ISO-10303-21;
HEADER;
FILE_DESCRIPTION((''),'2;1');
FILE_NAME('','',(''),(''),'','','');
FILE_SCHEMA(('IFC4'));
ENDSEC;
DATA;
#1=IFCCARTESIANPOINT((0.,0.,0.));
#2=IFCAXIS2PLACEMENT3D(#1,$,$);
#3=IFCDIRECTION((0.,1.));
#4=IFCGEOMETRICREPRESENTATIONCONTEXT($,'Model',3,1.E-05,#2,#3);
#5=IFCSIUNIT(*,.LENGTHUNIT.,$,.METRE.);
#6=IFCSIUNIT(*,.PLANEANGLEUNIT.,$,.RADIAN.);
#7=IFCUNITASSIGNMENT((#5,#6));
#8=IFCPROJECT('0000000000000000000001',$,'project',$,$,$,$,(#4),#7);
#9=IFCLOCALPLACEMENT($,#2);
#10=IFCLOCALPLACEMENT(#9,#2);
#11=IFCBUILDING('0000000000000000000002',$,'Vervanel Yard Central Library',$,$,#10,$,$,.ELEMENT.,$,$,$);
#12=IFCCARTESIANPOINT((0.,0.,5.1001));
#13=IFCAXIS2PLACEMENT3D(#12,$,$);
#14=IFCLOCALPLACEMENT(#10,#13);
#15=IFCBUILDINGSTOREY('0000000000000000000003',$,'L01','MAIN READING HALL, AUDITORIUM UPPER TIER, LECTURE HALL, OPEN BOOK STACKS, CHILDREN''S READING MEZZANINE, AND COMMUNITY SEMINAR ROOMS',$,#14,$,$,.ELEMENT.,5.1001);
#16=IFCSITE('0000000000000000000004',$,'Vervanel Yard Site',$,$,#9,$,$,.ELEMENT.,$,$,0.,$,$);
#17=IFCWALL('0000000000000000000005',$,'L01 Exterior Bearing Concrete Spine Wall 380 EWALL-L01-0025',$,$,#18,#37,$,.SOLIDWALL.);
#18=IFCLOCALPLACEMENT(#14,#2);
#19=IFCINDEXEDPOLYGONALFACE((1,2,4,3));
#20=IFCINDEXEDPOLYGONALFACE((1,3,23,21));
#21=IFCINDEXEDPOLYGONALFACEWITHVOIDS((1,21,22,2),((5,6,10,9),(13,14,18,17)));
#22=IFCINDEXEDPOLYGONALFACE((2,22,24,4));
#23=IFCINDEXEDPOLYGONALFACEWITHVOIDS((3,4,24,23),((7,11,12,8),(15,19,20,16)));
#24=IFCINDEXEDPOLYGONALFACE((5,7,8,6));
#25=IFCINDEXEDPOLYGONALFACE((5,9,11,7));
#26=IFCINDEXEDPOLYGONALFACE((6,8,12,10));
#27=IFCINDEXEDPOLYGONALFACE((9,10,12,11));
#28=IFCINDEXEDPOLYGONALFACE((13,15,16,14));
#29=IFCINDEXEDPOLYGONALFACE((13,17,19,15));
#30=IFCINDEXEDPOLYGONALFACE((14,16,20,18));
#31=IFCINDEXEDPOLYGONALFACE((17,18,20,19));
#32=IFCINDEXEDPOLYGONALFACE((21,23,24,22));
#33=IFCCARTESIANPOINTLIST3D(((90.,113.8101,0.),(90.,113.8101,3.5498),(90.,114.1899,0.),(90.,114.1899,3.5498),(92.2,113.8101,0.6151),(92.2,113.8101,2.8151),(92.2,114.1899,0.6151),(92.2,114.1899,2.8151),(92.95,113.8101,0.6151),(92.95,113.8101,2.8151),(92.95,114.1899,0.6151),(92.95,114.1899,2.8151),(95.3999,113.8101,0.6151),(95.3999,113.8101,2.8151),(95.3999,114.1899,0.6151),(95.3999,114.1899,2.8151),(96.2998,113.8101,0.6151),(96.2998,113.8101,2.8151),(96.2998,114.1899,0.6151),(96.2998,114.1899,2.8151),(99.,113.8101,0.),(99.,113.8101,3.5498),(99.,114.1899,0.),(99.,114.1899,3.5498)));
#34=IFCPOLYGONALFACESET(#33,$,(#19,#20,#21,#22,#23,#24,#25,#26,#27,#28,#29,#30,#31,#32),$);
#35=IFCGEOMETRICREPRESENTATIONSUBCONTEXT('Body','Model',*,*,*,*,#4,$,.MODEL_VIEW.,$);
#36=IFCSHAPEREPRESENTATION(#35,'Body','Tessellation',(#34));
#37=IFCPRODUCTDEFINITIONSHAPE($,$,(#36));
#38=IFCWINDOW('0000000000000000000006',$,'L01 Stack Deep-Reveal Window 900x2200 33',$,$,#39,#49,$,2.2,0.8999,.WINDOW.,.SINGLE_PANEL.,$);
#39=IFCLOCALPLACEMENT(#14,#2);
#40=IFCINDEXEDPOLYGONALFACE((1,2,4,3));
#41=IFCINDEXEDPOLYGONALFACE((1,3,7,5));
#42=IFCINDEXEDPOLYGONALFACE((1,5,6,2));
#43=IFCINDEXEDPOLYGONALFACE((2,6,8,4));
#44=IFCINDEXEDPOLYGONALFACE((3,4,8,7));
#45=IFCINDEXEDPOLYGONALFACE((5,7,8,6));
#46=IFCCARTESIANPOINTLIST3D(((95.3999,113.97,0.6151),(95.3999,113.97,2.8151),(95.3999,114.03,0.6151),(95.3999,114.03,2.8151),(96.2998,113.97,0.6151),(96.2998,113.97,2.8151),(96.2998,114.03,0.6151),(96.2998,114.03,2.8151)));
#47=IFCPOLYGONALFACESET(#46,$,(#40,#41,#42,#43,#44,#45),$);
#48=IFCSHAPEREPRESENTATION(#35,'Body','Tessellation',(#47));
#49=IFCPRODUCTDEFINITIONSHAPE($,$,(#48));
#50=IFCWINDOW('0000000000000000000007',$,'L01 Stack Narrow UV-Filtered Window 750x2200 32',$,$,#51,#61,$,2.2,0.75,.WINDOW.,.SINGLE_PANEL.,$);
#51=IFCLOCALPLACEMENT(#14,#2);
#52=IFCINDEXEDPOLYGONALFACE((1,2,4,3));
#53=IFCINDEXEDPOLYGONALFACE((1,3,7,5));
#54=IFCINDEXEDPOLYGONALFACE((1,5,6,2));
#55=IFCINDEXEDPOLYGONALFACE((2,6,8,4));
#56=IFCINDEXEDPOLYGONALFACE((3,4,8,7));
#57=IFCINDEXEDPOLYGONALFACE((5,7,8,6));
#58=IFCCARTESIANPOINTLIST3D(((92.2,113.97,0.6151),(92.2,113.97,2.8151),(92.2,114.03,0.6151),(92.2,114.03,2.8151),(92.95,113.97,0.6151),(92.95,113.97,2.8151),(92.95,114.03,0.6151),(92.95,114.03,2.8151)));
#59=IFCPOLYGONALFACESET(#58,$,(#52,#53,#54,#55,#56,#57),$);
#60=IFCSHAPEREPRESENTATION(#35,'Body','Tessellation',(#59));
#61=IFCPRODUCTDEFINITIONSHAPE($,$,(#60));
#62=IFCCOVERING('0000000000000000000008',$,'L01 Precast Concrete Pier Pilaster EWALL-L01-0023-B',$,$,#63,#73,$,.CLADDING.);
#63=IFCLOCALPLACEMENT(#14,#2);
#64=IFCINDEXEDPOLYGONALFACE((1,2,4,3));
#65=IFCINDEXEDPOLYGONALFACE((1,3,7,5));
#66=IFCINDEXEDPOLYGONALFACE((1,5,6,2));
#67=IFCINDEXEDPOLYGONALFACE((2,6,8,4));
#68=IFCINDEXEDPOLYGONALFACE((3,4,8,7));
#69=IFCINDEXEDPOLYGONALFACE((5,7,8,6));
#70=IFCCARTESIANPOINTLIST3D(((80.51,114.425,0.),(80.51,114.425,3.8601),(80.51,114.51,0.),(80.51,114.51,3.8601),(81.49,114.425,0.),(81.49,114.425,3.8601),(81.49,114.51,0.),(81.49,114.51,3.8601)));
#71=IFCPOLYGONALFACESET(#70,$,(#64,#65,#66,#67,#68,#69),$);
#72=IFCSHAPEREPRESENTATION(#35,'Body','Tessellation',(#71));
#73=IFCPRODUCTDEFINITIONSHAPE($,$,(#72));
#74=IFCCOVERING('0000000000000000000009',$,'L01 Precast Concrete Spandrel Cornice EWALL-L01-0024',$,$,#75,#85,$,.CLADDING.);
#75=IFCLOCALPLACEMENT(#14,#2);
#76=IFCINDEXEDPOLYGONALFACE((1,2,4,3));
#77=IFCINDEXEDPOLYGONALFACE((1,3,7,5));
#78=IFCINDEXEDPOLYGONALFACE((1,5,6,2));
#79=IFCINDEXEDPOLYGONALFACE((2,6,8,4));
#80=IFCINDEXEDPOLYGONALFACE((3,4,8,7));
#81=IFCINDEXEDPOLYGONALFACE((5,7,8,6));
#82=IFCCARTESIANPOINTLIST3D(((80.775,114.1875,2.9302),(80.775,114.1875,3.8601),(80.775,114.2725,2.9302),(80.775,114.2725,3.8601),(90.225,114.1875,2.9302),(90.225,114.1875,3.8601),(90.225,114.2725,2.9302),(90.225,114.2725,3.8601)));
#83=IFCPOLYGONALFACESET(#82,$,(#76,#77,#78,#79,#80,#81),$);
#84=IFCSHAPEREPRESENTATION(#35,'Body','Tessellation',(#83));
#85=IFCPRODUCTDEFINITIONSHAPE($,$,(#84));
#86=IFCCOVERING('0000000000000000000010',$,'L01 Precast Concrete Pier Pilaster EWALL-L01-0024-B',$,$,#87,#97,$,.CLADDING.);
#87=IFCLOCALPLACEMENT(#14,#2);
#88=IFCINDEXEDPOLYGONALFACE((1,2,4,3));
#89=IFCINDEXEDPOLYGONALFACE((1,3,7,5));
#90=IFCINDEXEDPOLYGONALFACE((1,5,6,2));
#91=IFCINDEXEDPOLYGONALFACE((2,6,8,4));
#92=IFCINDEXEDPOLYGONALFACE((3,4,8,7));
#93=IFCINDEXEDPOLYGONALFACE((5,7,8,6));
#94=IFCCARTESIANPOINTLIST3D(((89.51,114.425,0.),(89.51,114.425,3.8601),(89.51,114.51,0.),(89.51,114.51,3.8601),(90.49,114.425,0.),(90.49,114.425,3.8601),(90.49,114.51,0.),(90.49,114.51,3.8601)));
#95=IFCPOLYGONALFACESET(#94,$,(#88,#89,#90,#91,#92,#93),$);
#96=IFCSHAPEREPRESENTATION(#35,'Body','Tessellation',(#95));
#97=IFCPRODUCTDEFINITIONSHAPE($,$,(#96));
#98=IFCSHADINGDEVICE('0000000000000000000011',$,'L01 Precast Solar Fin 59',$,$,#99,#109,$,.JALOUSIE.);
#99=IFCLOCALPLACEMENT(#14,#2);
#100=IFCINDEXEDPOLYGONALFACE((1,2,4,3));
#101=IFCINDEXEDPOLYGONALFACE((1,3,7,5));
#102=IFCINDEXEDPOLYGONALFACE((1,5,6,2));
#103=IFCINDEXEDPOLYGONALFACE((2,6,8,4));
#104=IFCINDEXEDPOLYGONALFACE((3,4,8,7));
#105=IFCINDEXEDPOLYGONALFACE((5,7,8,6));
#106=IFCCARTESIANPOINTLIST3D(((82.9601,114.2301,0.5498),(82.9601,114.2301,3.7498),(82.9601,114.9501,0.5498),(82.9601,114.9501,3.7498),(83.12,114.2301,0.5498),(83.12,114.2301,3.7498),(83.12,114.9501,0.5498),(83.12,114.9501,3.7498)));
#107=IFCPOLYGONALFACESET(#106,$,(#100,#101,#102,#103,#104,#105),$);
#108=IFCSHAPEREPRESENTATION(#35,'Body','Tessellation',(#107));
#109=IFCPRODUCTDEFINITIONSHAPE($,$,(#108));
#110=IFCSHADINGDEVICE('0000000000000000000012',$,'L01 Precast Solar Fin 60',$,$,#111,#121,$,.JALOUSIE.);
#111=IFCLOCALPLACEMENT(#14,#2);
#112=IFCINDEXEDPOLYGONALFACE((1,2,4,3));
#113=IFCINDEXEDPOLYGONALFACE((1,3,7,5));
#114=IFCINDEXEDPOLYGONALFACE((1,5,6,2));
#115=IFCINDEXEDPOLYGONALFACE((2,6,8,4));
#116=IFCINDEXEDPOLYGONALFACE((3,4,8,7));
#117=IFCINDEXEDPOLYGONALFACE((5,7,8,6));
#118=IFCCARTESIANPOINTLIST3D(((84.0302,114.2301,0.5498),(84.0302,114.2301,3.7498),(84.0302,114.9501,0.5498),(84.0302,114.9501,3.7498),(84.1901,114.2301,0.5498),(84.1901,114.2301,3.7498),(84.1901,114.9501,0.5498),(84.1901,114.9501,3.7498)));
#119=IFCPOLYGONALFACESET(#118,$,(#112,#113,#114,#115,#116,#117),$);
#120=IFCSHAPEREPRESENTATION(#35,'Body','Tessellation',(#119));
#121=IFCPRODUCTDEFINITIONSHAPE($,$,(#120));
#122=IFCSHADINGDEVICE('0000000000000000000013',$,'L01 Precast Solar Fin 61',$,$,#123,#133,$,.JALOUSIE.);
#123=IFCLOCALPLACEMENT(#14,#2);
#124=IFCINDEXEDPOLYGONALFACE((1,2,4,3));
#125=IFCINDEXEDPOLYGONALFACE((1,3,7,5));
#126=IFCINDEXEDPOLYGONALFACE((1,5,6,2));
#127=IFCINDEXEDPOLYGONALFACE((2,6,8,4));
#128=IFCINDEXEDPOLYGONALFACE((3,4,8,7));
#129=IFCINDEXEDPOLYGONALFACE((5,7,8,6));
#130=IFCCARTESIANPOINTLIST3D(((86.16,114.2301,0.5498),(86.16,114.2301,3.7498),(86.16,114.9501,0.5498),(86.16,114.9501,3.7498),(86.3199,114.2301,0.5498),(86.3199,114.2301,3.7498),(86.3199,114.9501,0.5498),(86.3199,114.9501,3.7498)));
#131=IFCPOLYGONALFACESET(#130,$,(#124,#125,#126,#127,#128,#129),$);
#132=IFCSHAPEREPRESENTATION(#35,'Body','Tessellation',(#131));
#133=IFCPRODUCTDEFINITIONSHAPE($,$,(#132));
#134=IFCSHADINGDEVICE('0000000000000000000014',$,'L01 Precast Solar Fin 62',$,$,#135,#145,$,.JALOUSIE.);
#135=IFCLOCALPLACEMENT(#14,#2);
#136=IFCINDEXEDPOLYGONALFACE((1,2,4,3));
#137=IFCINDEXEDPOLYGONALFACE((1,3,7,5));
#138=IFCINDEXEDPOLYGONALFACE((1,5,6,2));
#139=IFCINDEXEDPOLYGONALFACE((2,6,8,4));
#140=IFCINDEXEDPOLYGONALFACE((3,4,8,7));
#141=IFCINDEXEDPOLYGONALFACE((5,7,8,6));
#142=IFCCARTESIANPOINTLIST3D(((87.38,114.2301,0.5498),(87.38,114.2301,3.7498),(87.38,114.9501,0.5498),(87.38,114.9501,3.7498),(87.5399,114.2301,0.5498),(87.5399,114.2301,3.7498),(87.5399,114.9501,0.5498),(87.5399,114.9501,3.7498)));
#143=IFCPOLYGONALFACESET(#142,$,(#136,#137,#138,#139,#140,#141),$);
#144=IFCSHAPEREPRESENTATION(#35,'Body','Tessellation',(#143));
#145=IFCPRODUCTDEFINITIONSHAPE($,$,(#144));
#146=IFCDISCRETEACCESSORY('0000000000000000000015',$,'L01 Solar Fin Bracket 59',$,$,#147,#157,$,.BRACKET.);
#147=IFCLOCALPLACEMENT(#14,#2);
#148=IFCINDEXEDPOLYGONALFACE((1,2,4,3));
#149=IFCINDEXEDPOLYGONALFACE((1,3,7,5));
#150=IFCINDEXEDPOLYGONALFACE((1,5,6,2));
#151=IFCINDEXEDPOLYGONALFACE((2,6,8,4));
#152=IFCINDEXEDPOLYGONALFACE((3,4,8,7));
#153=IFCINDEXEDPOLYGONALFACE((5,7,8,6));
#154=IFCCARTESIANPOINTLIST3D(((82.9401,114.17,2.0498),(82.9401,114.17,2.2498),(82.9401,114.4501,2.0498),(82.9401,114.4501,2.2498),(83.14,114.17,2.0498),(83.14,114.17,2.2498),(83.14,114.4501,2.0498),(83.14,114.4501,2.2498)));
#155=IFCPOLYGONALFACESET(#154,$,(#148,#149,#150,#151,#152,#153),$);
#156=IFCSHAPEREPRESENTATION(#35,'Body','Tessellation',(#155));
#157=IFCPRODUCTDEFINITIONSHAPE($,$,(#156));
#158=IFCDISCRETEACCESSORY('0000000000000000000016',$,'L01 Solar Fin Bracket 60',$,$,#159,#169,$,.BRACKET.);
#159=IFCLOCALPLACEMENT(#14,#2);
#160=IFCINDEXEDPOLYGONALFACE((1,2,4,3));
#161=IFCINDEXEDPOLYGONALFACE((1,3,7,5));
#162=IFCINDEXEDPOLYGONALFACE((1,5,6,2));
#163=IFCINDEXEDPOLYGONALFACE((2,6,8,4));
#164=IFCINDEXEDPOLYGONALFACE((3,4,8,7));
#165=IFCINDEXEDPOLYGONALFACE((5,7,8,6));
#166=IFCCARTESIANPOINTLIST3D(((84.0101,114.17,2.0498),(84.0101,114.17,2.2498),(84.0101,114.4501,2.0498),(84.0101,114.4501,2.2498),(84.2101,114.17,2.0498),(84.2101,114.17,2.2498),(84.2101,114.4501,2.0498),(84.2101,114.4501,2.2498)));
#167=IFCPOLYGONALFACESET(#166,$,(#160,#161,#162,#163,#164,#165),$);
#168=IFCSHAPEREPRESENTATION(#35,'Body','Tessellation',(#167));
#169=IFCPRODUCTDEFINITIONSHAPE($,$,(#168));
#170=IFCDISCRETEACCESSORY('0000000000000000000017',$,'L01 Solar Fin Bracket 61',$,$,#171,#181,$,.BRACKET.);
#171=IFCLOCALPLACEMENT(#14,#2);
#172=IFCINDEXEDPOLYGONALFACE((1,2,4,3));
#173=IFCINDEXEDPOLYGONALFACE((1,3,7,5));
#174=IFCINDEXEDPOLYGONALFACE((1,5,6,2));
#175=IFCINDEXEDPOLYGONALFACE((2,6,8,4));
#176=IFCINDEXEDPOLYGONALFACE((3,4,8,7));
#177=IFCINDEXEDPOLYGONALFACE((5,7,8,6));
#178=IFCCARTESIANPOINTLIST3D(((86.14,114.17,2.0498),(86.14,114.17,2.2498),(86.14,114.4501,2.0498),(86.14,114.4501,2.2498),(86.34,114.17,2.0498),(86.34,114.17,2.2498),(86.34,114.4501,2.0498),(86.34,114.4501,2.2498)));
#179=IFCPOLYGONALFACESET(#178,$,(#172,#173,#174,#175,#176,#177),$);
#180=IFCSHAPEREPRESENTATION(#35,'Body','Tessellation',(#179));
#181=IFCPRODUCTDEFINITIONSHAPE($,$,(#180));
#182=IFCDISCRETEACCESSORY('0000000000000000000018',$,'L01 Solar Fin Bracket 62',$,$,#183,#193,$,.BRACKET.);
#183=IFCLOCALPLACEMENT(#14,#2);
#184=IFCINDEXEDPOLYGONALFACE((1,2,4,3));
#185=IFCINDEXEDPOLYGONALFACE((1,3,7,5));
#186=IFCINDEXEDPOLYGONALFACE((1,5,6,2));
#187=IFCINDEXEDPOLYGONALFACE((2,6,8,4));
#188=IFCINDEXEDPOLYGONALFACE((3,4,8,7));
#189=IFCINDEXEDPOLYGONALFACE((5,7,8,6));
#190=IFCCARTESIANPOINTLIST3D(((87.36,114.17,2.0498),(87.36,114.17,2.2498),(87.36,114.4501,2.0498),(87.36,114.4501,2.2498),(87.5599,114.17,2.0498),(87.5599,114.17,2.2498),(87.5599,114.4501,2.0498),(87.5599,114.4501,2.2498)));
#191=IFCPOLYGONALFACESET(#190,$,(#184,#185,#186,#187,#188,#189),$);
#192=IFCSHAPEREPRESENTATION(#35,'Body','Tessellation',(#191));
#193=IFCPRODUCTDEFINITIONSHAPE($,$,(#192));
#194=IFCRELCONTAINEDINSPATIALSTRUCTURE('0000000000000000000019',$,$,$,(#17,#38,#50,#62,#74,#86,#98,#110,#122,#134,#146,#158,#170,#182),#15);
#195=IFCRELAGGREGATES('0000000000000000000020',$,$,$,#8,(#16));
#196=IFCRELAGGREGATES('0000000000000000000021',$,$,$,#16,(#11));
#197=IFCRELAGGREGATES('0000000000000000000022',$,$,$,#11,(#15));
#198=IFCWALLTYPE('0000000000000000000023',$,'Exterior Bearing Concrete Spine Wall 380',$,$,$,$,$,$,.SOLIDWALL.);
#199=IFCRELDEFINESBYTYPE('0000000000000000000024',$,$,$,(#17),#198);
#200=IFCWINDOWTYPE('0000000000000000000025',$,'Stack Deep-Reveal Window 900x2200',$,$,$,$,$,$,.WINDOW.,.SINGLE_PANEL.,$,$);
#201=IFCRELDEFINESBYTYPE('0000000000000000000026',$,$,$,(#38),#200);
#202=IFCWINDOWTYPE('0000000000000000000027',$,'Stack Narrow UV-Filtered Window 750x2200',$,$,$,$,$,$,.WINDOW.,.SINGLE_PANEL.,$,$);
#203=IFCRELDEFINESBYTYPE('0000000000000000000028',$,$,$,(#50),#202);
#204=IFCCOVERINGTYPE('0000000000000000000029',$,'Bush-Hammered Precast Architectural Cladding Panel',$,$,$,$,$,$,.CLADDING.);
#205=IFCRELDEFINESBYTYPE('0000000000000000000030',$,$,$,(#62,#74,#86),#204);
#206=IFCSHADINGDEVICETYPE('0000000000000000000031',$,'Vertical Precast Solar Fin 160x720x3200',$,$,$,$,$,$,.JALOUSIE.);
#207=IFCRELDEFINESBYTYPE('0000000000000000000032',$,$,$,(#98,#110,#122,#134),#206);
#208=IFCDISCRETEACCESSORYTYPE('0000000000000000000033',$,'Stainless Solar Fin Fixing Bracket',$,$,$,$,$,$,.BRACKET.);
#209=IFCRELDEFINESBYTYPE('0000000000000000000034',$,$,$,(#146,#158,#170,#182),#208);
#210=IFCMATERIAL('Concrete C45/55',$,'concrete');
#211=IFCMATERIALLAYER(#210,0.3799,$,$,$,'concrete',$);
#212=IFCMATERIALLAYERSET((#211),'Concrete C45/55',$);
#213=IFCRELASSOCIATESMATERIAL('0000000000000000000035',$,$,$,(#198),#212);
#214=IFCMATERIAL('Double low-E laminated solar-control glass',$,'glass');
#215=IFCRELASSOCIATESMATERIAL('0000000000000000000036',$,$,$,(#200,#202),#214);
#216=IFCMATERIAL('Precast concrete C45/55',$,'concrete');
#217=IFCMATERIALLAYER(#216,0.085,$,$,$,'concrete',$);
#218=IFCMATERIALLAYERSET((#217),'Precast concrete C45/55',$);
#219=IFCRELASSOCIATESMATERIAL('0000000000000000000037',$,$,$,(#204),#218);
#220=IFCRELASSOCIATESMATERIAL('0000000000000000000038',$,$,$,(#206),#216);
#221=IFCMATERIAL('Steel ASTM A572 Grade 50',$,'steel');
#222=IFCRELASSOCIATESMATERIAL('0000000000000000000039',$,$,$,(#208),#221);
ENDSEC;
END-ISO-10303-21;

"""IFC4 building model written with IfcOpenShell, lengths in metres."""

from ifc_helpers import new_model, si_unit, direction, frame, frame_2d, origin, origin_2d, place, context, subcontext, project, spatial, rectangle, extrude, material, layer, layer_set, type_object, element, fill, save


model = new_model("IFC4")

# Units and contexts
model_context = context("Model", 3, precision=1e-05, world=origin(), true_north=direction((0.0, 1.0)))
body_context = subcontext(model_context, "Body", "Model", "MODEL_VIEW")
ifc_project = project(units=[si_unit("LENGTHUNIT", "METRE"), si_unit("PLANEANGLEUNIT", "RADIAN")], contexts=[model_context])

# Site, building, storey
site_placement = place(None, origin())
site = spatial("IfcSite", under=ifc_project, at=site_placement, Name="Vervanel Yard Site", CompositionType="ELEMENT", RefElevation=0.0)
building_placement = place(site_placement, origin())
building = spatial("IfcBuilding", under=site, at=building_placement, Name="Vervanel Yard Central Library", CompositionType="ELEMENT")
storey_placement = place(building_placement, frame((0.0, 0.0, 5.1001)))
storey = spatial("IfcBuildingStorey", under=building, at=storey_placement, Name="L01", Description="MAIN READING HALL, AUDITORIUM UPPER TIER, LECTURE HALL, OPEN BOOK STACKS, CHILDREN'S READING MEZZANINE, AND COMMUNITY SEMINAR ROOMS", CompositionType="ELEMENT", Elevation=5.1001)

# Shared definitions
ifc_material_1 = material(Name="Concrete C45/55", Category="concrete")

# Wall, openings, windows
ifc_layer_1 = layer(ifc_material_1, 0.3799, Category="concrete")
ifc_layer_set_1 = layer_set([ifc_layer_1], Name="Concrete C45/55")
wall_type = type_object("IfcWallType", Name="Exterior Bearing Concrete Spine Wall 380", PredefinedType="SOLIDWALL", material=ifc_layer_set_1)
ifc_material_2 = material(Name="Double low-E laminated solar-control glass", Category="glass")
window_type_1 = type_object("IfcWindowType", Name="Stack Deep-Reveal Window 900x2200", PartitioningType="SINGLE_PANEL", PredefinedType="WINDOW", material=ifc_material_2)
window_type_2 = type_object("IfcWindowType", Name="Stack Narrow UV-Filtered Window 750x2200", PartitioningType="SINGLE_PANEL", PredefinedType="WINDOW", material=ifc_material_2)
wall_1_placement = place(storey_placement, frame((90.0, 114.0, 0.0), z_axis=(0.0, 0.0, 1.0), x_axis=(1.0, 0.0, 0.0)))
wall_1 = element("IfcWall", 1, at=wall_1_placement, inside=storey, type_object=wall_type, Name="L01 Exterior Bearing Concrete Spine Wall 380 EWALL-L01-0025", PredefinedType="SOLIDWALL", context=body_context, shape_type="SweptSolid", body=[
    extrude(rectangle(XDim=9.0, YDim=0.3799, at=frame_2d((4.5, 0.0))), origin(), (0.0, 0.0, 1.0), 3.5498),
])
opening_1_placement = place(wall_1_placement, frame((2.2, 0.0, 0.615)))
opening_1 = element("IfcOpeningElement", 2, at=opening_1_placement, cuts=wall_1, PredefinedType="OPENING", context=body_context, shape_type="SweptSolid", body=[
    extrude(rectangle(XDim=0.75, YDim=2.2, at=frame_2d((0.375, 1.1001))), frame((0.0, 0.2, 0.0), z_axis=(0.0, -1.0, 0.0), x_axis=(1.0, 0.0, 0.0)), (0.0, 0.0, 1.0), 0.3999),
])
opening_2_placement = place(wall_1_placement, frame((5.3999, 0.0, 0.615)))
opening_2 = element("IfcOpeningElement", 3, at=opening_2_placement, cuts=wall_1, PredefinedType="OPENING", context=body_context, shape_type="SweptSolid", body=[
    extrude(rectangle(XDim=0.8999, YDim=2.2, at=frame_2d((0.45, 1.1001))), frame((0.0, 0.2, 0.0), z_axis=(0.0, -1.0, 0.0), x_axis=(1.0, 0.0, 0.0)), (0.0, 0.0, 1.0), 0.3999),
])
window_1_placement = place(opening_2_placement, origin())
window_1 = element("IfcWindow", 4, at=window_1_placement, inside=storey, type_object=window_type_1, Name="L01 Stack Deep-Reveal Window 900x2200 33", OverallHeight=2.2, OverallWidth=0.8999, PartitioningType="SINGLE_PANEL", PredefinedType="WINDOW", context=body_context, shape_type="SweptSolid", body=[
    extrude(rectangle(XDim=0.8999, YDim=2.2, at=frame_2d((0.45, 1.1001))), frame((0.0, 0.03, 0.0), z_axis=(0.0, -1.0, 0.0), x_axis=(1.0, 0.0, 0.0)), (0.0, 0.0, 1.0), 0.0601),
])
fill(opening_2, window_1)
window_2_placement = place(opening_1_placement, origin())
window_2 = element("IfcWindow", 5, at=window_2_placement, inside=storey, type_object=window_type_2, Name="L01 Stack Narrow UV-Filtered Window 750x2200 32", OverallHeight=2.2, OverallWidth=0.75, PartitioningType="SINGLE_PANEL", PredefinedType="WINDOW", context=body_context, shape_type="SweptSolid", body=[
    extrude(rectangle(XDim=0.75, YDim=2.2, at=frame_2d((0.375, 1.1001))), frame((0.0, 0.03, 0.0), z_axis=(0.0, -1.0, 0.0), x_axis=(1.0, 0.0, 0.0)), (0.0, 0.0, 1.0), 0.0601),
])
fill(opening_1, window_2)

# Coverings
ifc_material_3 = material(Name="Precast concrete C45/55", Category="concrete")
ifc_layer_2 = layer(ifc_material_3, 0.085, Category="concrete")
ifc_layer_set_2 = layer_set([ifc_layer_2], Name="Precast concrete C45/55")
covering_type = type_object("IfcCoveringType", Name="Bush-Hammered Precast Architectural Cladding Panel", PredefinedType="CLADDING", material=ifc_layer_set_2)
covering_1_placement = place(storey_placement, frame((81.0, 114.4675, 0.0), z_axis=(0.0, 0.0, 1.0), x_axis=(1.0, 0.0, 0.0)))
element("IfcCovering", 6, at=covering_1_placement, inside=storey, type_object=covering_type, Name="L01 Precast Concrete Pier Pilaster EWALL-L01-0023-B", PredefinedType="CLADDING", context=body_context, shape_type="SweptSolid", body=[
    extrude(rectangle(XDim=0.98, YDim=0.085, at=origin_2d()), origin(), (0.0, 0.0, 1.0), 3.8601),
])
covering_2_placement = place(storey_placement, frame((85.5, 114.23, 2.9302), z_axis=(0.0, 0.0, 1.0), x_axis=(1.0, 0.0, 0.0)))
element("IfcCovering", 7, at=covering_2_placement, inside=storey, type_object=covering_type, Name="L01 Precast Concrete Spandrel Cornice EWALL-L01-0024", PredefinedType="CLADDING", context=body_context, shape_type="SweptSolid", body=[
    extrude(rectangle(XDim=9.45, YDim=0.085, at=origin_2d()), origin(), (0.0, 0.0, 1.0), 0.9299),
])
covering_3_placement = place(storey_placement, frame((90.0, 114.4675, 0.0), z_axis=(0.0, 0.0, 1.0), x_axis=(1.0, 0.0, 0.0)))
element("IfcCovering", 8, at=covering_3_placement, inside=storey, type_object=covering_type, Name="L01 Precast Concrete Pier Pilaster EWALL-L01-0024-B", PredefinedType="CLADDING", context=body_context, shape_type="SweptSolid", body=[
    extrude(rectangle(XDim=0.98, YDim=0.085, at=origin_2d()), origin(), (0.0, 0.0, 1.0), 3.8601),
])

# Shading devices
shading_device_type = type_object("IfcShadingDeviceType", Name="Vertical Precast Solar Fin 160x720x3200", PredefinedType="JALOUSIE", material=ifc_material_3)
for number, where, z_axis, x_axis, name in (
    (9, (83.04, 114.5901, 0.5498), (0.0, 0.0, 1.0), (1.0, 0.0, 0.0), "L01 Precast Solar Fin 59"),
    (10, (84.1101, 114.5901, 0.5498), (0.0, 0.0, 1.0), (1.0, 0.0, 0.0), "L01 Precast Solar Fin 60"),
    (11, (86.24, 114.5901, 0.5498), (0.0, 0.0, 1.0), (1.0, 0.0, 0.0), "L01 Precast Solar Fin 61"),
    (12, (87.46, 114.5901, 0.5498), (0.0, 0.0, 1.0), (1.0, 0.0, 0.0), "L01 Precast Solar Fin 62"),
):
    element("IfcShadingDevice", number, at=place(storey_placement, frame(where, z_axis=z_axis, x_axis=x_axis)), inside=storey, type_object=shading_device_type, Name=name, PredefinedType="JALOUSIE", context=body_context, shape_type="SweptSolid", body=[
        extrude(rectangle(XDim=0.1599, YDim=0.72, at=origin_2d()), origin(), (0.0, 0.0, 1.0), 3.2),
    ])

# Discrete accessories
ifc_material_4 = material(Name="Steel ASTM A572 Grade 50", Category="steel")
discrete_accessory_type = type_object("IfcDiscreteAccessoryType", Name="Stainless Solar Fin Fixing Bracket", PredefinedType="BRACKET", material=ifc_material_4)
for number, where, z_axis, x_axis, name in (
    (13, (83.04, 114.3101, 2.0498), (0.0, 0.0, 1.0), (1.0, 0.0, 0.0), "L01 Solar Fin Bracket 59"),
    (14, (84.1101, 114.3101, 2.0498), (0.0, 0.0, 1.0), (1.0, 0.0, 0.0), "L01 Solar Fin Bracket 60"),
    (15, (86.24, 114.3101, 2.0498), (0.0, 0.0, 1.0), (1.0, 0.0, 0.0), "L01 Solar Fin Bracket 61"),
    (16, (87.46, 114.3101, 2.0498), (0.0, 0.0, 1.0), (1.0, 0.0, 0.0), "L01 Solar Fin Bracket 62"),
):
    element("IfcDiscreteAccessory", number, at=place(storey_placement, frame(where, z_axis=z_axis, x_axis=x_axis)), inside=storey, type_object=discrete_accessory_type, Name=name, PredefinedType="BRACKET", context=body_context, shape_type="SweptSolid", body=[
        extrude(rectangle(XDim=0.2, YDim=0.28, at=origin_2d()), origin(), (0.0, 0.0, 1.0), 0.2),
    ])

save(model, "model.ifc")
